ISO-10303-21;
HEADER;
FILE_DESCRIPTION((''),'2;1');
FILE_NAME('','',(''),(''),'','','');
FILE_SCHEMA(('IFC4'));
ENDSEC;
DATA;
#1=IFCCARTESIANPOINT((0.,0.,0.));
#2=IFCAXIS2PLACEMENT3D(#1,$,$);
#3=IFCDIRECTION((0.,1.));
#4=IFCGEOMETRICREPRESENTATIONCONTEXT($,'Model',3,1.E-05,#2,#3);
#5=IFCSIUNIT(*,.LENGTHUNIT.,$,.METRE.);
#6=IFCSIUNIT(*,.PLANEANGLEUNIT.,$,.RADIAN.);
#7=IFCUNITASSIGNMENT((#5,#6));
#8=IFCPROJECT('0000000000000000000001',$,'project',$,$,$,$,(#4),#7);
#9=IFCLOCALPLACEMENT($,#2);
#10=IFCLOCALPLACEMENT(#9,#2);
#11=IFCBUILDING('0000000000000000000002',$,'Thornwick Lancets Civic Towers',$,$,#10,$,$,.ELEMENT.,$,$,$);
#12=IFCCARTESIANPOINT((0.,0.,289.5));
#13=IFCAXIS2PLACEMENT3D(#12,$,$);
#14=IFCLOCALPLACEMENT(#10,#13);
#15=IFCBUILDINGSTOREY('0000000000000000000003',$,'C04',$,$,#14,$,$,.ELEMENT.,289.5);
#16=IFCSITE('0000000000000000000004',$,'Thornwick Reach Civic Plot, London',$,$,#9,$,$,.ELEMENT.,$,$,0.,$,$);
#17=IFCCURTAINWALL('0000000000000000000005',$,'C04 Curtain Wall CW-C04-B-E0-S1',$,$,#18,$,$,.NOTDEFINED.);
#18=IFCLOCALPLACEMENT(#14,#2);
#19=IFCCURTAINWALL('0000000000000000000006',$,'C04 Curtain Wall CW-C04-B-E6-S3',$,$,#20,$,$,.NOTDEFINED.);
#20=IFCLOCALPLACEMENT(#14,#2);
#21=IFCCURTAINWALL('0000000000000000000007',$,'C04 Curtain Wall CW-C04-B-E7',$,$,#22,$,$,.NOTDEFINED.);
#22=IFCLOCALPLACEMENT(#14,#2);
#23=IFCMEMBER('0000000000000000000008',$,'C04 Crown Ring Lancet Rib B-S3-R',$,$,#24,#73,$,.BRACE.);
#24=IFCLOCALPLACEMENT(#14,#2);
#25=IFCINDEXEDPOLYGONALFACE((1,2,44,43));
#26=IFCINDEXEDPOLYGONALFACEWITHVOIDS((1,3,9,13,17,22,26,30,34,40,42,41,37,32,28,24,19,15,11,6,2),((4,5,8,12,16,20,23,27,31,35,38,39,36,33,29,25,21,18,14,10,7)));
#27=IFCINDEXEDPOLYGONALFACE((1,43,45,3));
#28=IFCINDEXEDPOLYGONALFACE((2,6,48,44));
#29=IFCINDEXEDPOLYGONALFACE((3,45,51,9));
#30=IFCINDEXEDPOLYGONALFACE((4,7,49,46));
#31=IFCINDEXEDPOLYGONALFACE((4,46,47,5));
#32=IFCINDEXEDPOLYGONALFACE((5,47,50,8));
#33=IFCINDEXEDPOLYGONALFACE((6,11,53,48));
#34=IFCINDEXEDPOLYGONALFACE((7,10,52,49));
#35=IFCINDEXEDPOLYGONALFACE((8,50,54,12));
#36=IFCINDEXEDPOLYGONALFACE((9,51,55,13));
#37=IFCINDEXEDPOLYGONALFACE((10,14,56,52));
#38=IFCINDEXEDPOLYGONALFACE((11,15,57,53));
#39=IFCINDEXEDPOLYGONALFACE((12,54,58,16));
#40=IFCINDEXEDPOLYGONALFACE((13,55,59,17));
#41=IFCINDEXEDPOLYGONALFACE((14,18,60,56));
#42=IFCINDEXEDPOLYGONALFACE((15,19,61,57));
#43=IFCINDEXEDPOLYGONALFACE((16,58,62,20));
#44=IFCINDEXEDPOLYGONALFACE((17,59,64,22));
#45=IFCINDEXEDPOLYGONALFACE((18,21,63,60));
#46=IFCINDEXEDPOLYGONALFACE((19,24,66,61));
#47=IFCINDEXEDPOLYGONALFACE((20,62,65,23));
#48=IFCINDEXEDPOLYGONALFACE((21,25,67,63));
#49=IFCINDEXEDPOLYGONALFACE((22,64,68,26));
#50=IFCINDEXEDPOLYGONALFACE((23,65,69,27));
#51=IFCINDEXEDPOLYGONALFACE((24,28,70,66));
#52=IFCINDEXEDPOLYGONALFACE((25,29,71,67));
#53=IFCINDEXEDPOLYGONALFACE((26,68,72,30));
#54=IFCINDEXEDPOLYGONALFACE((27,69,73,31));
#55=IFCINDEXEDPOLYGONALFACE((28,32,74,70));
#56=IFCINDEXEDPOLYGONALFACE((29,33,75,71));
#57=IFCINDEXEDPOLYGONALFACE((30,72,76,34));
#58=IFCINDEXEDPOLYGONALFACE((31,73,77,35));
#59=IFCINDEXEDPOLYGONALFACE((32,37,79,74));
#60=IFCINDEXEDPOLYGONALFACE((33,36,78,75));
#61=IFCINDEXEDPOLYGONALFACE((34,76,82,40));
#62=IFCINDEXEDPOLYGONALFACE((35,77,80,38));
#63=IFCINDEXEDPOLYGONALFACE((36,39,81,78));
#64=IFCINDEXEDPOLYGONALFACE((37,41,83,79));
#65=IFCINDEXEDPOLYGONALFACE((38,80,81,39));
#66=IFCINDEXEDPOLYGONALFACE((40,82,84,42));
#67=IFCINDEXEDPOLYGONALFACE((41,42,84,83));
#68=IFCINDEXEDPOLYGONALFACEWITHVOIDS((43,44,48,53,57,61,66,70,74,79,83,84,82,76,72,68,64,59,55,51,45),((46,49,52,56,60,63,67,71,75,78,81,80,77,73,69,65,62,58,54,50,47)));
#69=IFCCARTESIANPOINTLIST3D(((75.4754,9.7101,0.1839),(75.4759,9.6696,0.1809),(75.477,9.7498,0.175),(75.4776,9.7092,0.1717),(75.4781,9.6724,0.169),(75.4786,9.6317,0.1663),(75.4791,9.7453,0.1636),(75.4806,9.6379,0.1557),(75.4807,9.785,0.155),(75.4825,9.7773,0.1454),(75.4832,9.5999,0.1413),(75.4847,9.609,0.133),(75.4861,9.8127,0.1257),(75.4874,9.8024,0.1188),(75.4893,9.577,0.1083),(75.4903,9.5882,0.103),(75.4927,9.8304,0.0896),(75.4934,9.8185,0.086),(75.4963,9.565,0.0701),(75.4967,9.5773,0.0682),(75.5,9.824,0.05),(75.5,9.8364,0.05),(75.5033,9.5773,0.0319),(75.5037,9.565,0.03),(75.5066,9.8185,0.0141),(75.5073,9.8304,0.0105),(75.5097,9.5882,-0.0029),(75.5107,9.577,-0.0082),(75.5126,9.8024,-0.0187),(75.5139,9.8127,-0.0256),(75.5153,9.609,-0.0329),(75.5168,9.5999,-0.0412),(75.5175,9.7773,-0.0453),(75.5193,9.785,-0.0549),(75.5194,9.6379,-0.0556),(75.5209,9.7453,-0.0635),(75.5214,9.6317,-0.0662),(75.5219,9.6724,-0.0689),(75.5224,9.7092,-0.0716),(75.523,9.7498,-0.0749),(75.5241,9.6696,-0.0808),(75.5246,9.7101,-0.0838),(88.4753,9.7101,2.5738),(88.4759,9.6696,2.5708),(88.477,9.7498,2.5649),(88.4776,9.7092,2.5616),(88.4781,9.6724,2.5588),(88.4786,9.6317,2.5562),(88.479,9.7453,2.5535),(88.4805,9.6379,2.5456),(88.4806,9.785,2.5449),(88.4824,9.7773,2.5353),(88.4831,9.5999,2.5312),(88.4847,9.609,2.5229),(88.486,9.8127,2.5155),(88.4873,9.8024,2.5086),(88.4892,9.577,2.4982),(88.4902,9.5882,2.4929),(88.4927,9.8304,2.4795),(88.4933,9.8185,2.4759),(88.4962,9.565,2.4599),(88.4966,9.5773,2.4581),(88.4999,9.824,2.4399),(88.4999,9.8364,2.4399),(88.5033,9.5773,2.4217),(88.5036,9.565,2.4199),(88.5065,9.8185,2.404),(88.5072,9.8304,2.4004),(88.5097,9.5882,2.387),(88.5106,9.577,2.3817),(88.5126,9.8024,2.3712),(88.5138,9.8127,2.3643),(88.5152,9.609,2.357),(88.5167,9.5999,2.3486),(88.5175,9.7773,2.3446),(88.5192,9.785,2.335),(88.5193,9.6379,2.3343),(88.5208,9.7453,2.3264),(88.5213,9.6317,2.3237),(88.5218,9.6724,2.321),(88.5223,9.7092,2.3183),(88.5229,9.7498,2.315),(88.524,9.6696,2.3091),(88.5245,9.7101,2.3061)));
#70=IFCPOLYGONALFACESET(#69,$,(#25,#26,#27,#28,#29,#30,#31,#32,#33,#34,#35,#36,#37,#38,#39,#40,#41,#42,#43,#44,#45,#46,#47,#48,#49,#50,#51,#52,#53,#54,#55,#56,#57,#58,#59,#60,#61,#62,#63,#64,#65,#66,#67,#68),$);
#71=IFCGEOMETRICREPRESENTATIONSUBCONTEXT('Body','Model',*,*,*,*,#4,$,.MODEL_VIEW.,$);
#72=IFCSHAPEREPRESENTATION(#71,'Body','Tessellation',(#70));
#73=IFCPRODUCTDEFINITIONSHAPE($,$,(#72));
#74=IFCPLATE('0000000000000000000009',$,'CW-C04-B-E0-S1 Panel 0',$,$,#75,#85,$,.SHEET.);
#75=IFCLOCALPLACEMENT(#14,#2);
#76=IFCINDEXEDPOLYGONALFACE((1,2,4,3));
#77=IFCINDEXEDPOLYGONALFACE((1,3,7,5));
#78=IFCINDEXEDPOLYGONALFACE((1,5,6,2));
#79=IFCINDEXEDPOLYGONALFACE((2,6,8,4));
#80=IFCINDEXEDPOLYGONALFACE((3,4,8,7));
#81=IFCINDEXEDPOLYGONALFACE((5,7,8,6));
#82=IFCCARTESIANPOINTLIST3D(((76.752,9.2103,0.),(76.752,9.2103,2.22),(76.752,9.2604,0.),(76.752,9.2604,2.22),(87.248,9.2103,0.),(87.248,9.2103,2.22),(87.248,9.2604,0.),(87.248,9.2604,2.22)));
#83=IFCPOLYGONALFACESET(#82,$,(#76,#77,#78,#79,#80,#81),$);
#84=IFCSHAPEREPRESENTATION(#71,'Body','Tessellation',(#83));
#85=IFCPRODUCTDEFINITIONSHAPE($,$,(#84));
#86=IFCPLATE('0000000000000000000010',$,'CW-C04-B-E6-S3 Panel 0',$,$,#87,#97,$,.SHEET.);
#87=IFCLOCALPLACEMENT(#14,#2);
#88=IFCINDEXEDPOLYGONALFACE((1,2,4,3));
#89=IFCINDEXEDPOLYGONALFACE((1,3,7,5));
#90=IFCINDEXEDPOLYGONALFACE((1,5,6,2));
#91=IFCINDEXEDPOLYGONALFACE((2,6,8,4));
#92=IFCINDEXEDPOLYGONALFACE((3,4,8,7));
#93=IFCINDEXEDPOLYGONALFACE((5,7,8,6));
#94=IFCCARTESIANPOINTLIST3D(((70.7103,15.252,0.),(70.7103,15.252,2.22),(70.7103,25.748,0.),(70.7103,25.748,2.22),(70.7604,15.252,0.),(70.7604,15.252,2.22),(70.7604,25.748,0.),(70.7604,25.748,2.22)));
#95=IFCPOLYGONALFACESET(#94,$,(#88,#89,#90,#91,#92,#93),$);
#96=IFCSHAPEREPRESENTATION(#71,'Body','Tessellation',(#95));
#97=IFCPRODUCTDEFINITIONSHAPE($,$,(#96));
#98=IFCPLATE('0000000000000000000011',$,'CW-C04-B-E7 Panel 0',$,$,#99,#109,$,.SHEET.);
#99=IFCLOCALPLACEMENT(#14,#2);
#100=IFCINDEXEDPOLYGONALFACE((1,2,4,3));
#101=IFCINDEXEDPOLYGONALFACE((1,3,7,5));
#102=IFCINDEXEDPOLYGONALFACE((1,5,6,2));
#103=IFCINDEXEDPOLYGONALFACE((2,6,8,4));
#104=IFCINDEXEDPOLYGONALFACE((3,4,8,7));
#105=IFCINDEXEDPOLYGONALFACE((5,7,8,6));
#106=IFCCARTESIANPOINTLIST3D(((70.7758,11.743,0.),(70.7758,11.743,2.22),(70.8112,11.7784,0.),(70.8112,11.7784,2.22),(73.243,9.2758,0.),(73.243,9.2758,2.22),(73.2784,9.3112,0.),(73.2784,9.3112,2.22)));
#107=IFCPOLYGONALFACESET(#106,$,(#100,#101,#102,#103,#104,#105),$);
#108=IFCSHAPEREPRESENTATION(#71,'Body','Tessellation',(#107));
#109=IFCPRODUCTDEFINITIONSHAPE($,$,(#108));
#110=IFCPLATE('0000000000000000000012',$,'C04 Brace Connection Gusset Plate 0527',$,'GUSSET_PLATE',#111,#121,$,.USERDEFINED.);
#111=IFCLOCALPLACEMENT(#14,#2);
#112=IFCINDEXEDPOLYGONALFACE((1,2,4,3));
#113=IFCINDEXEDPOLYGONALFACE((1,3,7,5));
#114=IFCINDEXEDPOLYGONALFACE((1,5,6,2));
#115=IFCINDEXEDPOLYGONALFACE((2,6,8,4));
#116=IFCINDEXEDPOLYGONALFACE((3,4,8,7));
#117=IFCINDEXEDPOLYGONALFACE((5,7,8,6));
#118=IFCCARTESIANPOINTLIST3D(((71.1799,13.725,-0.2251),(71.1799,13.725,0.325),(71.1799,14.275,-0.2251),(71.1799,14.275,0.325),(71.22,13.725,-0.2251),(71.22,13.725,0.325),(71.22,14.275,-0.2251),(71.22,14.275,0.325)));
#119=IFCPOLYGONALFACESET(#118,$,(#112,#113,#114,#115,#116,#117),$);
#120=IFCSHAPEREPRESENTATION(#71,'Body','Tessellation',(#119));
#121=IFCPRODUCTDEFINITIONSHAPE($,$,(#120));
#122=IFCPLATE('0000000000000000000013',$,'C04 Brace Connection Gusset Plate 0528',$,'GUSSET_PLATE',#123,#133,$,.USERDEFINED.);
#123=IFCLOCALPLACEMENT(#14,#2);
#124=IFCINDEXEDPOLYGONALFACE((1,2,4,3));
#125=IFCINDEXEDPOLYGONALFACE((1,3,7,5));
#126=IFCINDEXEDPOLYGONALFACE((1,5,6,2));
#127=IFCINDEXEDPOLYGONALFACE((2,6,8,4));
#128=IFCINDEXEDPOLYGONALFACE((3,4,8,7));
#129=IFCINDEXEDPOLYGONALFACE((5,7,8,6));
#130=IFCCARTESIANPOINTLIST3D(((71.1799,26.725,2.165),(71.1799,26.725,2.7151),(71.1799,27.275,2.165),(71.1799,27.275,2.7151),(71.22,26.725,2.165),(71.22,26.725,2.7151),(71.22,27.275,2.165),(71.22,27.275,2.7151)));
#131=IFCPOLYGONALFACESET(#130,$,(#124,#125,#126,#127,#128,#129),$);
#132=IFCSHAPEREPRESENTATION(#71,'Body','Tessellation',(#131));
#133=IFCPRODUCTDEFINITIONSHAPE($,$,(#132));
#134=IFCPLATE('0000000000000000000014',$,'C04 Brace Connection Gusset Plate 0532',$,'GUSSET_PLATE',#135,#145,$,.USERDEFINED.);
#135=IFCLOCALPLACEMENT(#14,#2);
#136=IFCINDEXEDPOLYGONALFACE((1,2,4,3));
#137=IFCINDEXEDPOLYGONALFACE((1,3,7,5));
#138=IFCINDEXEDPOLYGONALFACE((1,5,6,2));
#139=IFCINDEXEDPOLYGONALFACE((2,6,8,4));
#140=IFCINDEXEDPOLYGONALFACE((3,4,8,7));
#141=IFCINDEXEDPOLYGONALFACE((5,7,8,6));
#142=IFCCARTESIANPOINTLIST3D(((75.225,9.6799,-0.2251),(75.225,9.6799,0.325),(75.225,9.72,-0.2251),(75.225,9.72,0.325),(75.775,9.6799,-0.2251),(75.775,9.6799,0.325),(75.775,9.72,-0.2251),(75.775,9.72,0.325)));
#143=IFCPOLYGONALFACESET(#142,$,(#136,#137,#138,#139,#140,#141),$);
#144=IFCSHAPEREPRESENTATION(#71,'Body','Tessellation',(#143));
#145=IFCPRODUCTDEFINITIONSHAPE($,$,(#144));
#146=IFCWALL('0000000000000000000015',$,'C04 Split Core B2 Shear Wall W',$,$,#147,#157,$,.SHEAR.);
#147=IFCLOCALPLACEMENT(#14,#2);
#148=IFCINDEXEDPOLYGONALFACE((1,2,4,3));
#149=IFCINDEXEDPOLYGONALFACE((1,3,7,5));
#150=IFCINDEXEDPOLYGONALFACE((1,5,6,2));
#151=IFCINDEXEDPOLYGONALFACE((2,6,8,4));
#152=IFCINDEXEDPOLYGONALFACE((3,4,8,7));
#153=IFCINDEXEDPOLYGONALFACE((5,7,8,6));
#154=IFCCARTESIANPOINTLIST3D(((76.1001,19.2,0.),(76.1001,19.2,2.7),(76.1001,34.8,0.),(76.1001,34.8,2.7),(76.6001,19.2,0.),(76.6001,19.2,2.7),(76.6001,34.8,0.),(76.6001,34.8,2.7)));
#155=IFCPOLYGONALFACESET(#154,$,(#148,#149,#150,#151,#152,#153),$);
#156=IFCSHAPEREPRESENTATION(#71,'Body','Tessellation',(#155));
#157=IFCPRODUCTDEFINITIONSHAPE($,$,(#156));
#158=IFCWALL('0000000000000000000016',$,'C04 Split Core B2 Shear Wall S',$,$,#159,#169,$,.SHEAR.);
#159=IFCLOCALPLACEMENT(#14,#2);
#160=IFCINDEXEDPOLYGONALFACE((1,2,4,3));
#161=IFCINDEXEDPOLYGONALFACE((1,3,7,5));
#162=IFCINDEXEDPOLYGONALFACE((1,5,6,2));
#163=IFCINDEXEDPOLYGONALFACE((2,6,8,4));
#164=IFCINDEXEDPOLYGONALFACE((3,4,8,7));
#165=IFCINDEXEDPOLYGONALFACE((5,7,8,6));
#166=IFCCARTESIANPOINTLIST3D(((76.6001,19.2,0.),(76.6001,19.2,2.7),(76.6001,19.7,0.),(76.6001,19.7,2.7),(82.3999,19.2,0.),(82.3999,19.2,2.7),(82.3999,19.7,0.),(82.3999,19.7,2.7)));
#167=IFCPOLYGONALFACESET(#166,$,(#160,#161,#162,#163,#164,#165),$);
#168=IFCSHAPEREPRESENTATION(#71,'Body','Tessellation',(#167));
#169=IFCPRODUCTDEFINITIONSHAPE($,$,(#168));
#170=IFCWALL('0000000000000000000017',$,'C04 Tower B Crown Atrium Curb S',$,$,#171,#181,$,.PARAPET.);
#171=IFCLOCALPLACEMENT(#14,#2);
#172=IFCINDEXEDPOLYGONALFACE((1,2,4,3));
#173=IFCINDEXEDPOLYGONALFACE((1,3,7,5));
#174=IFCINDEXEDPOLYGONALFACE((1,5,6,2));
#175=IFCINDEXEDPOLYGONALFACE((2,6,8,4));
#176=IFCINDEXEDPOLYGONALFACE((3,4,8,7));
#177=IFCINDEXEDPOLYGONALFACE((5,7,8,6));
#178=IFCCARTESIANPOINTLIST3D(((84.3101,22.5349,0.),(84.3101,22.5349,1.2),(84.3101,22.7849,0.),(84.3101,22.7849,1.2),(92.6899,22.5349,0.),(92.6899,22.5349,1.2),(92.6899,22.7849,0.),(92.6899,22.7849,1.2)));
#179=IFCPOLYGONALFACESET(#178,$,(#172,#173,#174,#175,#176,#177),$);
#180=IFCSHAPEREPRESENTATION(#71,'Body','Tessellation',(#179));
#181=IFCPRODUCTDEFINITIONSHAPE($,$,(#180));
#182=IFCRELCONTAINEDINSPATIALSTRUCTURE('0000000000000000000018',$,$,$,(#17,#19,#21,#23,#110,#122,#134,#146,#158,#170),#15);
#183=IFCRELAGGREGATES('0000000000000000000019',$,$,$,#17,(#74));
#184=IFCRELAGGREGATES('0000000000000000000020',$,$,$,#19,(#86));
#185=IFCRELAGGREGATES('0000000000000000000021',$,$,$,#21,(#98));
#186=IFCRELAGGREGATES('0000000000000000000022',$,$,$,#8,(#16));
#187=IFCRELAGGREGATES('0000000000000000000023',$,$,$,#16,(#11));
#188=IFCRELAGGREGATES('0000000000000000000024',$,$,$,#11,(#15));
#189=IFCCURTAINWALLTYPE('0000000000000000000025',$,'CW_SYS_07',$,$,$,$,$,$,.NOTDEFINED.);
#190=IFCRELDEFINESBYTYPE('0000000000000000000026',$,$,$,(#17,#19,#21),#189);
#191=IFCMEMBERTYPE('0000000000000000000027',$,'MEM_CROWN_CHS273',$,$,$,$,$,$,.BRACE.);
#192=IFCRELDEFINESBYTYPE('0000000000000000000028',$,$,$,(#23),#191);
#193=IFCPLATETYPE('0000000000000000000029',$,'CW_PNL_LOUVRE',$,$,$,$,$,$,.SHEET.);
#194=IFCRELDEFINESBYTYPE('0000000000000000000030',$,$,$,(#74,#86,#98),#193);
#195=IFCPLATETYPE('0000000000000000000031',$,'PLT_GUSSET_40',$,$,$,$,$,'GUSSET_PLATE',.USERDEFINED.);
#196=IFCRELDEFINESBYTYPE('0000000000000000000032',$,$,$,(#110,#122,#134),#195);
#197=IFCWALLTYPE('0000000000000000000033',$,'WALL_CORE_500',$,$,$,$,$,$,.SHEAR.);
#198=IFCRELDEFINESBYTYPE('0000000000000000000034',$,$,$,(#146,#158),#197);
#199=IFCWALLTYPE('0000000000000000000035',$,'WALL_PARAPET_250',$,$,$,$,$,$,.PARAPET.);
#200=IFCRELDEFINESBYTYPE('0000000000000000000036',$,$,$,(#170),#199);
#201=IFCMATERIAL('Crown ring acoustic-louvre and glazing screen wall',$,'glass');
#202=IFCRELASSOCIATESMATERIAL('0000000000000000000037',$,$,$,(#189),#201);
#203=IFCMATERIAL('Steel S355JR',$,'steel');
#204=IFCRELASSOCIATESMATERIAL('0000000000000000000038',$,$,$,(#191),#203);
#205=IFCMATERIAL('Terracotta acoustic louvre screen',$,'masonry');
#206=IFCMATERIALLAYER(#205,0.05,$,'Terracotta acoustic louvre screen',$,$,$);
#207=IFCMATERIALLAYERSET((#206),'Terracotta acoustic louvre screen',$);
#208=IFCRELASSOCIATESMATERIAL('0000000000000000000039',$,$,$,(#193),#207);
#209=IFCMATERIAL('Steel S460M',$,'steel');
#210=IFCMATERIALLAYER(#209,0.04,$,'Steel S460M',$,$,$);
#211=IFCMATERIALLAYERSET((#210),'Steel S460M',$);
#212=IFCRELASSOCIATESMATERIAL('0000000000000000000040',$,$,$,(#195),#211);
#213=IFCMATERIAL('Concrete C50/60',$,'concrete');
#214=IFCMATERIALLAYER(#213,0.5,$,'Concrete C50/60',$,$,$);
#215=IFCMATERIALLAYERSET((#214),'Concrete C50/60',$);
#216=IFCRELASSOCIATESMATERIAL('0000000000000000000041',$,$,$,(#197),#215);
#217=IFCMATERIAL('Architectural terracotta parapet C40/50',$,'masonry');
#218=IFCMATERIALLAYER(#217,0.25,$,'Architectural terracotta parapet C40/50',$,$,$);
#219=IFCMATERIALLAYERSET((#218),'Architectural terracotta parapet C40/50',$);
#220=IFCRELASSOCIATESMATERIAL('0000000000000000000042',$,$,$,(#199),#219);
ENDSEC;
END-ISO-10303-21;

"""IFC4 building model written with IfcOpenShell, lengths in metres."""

from ifc_helpers import new_model, si_unit, direction, frame, frame_2d, origin, origin_2d, place, context, subcontext, project, spatial, rectangle, hollow_circle, extrude, material, layer, layer_set, material_profile, profile_set, type_object, element, aggregate, save


model = new_model("IFC4")

# Units and contexts
model_context = context("Model", 3, precision=1e-05, world=origin(), true_north=direction((0.0, 1.0)))
body_context = subcontext(model_context, "Body", "Model", "MODEL_VIEW")
ifc_project = project(units=[si_unit("LENGTHUNIT", "METRE"), si_unit("PLANEANGLEUNIT", "RADIAN")], contexts=[model_context])

# Site, building, storey
site_placement = place(None, origin())
site = spatial("IfcSite", under=ifc_project, at=site_placement, Name="Thornwick Reach Civic Plot, London", CompositionType="ELEMENT", RefElevation=0.0)
building_placement = place(site_placement, origin())
building = spatial("IfcBuilding", under=site, at=building_placement, Name="Thornwick Lancets Civic Towers", CompositionType="ELEMENT")
storey_placement = place(building_placement, frame((0.0, 0.0, 289.5)))
storey = spatial("IfcBuildingStorey", under=building, at=storey_placement, Name="C04", CompositionType="ELEMENT", Elevation=289.5)

# Shared definitions
ifc_material_1 = material(Name="Steel S355JR", Category="steel")

# Curtain walls
ifc_material_2 = material(Name="Crown ring acoustic-louvre and glazing screen wall", Category="glass")
curtain_wall_type = type_object("IfcCurtainWallType", Name="CW_SYS_07", PredefinedType="NOTDEFINED", material=ifc_material_2)
curtain_wall_1_placement = place(storey_placement, origin())
curtain_wall_1 = element("IfcCurtainWall", 1, at=curtain_wall_1_placement, inside=storey, type_object=curtain_wall_type, Name="C04 Curtain Wall CW-C04-B-E0-S1", PredefinedType="NOTDEFINED")
curtain_wall_2_placement = place(storey_placement, origin())
curtain_wall_2 = element("IfcCurtainWall", 2, at=curtain_wall_2_placement, inside=storey, type_object=curtain_wall_type, Name="C04 Curtain Wall CW-C04-B-E6-S3", PredefinedType="NOTDEFINED")
curtain_wall_3_placement = place(storey_placement, origin())
curtain_wall_3 = element("IfcCurtainWall", 3, at=curtain_wall_3_placement, inside=storey, type_object=curtain_wall_type, Name="C04 Curtain Wall CW-C04-B-E7", PredefinedType="NOTDEFINED")

# Member
ifc_material_profile_1 = material_profile(ifc_material_1, hollow_circle(Radius=0.1365, WallThickness=0.0125, at=origin_2d()), Name="CHS 273x12.5")
ifc_profile_set_1 = profile_set([ifc_material_profile_1], Name="Steel S355JR")
member_type_1 = type_object("IfcMemberType", Name="MEM_CROWN_CHS273", PredefinedType="BRACE", material=ifc_profile_set_1)
for number, where, z_axis, x_axis, name in (
    (4, (75.5, 9.7, 0.05), (0.983518, 0.0, 0.180808), (0.0, 1.0, 0.0), "C04 Crown Ring Lancet Rib B-S3-R"),
):
    element("IfcMember", number, at=place(storey_placement, frame(where, z_axis=z_axis, x_axis=x_axis)), inside=storey, type_object=member_type_1, Name=name, PredefinedType="BRACE", context=body_context, shape_type="SweptSolid", body=[
        extrude(hollow_circle(Radius=0.1365, WallThickness=0.0125, at=origin_2d()), origin(), (0.0, 0.0, 1.0), 13.2178),
    ])

# Plates
ifc_material_3 = material(Name="Terracotta acoustic louvre screen", Category="masonry")
ifc_layer_1 = layer(ifc_material_3, 0.05, Name="Terracotta acoustic louvre screen")
ifc_layer_set_1 = layer_set([ifc_layer_1], Name="Terracotta acoustic louvre screen")
plate_type_1 = type_object("IfcPlateType", Name="CW_PNL_LOUVRE", PredefinedType="SHEET", material=ifc_layer_set_1)
plate_1_placement = place(storey_placement, frame((82.0, 9.2354, 0.0), z_axis=(0.0, 0.0, 1.0), x_axis=(1.0, 0.0, 0.0)))
plate_1 = element("IfcPlate", 5, at=plate_1_placement, type_object=plate_type_1, Name="CW-C04-B-E0-S1 Panel 0", PredefinedType="SHEET", context=body_context, shape_type="SweptSolid", body=[
    extrude(rectangle(XDim=10.4961, YDim=0.05, at=origin_2d()), origin(), (0.0, 0.0, 1.0), 2.22),
])
aggregate(curtain_wall_1, [plate_1])
plate_2_placement = place(storey_placement, frame((70.7354, 20.5, 0.0), z_axis=(0.0, 0.0, 1.0), x_axis=(0.0, -1.0, 0.0)))
plate_2 = element("IfcPlate", 6, at=plate_2_placement, type_object=plate_type_1, Name="CW-C04-B-E6-S3 Panel 0", PredefinedType="SHEET", context=body_context, shape_type="SweptSolid", body=[
    extrude(rectangle(XDim=10.4961, YDim=0.05, at=origin_2d()), origin(), (0.0, 0.0, 1.0), 2.22),
])
aggregate(curtain_wall_2, [plate_2])
plate_3_placement = place(storey_placement, frame((72.0271, 10.5271, 0.0), z_axis=(0.0, 0.0, 1.0), x_axis=(0.707107, -0.707107, 0.0)))
plate_3 = element("IfcPlate", 7, at=plate_3_placement, type_object=plate_type_1, Name="CW-C04-B-E7 Panel 0", PredefinedType="SHEET", context=body_context, shape_type="SweptSolid", body=[
    extrude(rectangle(XDim=3.4893, YDim=0.05, at=origin_2d()), origin(), (0.0, 0.0, 1.0), 2.22),
])
aggregate(curtain_wall_3, [plate_3])

# Plates
ifc_material_4 = material(Name="Steel S460M", Category="steel")
ifc_layer_2 = layer(ifc_material_4, 0.04, Name="Steel S460M")
ifc_layer_set_2 = layer_set([ifc_layer_2], Name="Steel S460M")
plate_type_2 = type_object("IfcPlateType", Name="PLT_GUSSET_40", ElementType="GUSSET_PLATE", PredefinedType="USERDEFINED", material=ifc_layer_set_2)
for number, where, z_axis, x_axis, name in (
    (8, (71.2, 14.0, -0.2251), (0.0, 0.0, 1.0), (0.0, 1.0, 0.0), "C04 Brace Connection Gusset Plate 0527"),
    (9, (71.2, 27.0, 2.165), (0.0, 0.0, 1.0), (0.0, 1.0, 0.0), "C04 Brace Connection Gusset Plate 0528"),
    (10, (75.5, 9.7, -0.2251), (0.0, 0.0, 1.0), (1.0, 0.0, 0.0), "C04 Brace Connection Gusset Plate 0532"),
):
    element("IfcPlate", number, at=place(storey_placement, frame(where, z_axis=z_axis, x_axis=x_axis)), inside=storey, type_object=plate_type_2, Name=name, ObjectType="GUSSET_PLATE", PredefinedType="USERDEFINED", context=body_context, shape_type="SweptSolid", body=[
        extrude(rectangle(XDim=0.55, YDim=0.04, at=origin_2d()), origin(), (0.0, 0.0, 1.0), 0.55),
    ])

# Walls
ifc_material_5 = material(Name="Concrete C50/60", Category="concrete")
ifc_layer_3 = layer(ifc_material_5, 0.5, Name="Concrete C50/60")
ifc_layer_set_3 = layer_set([ifc_layer_3], Name="Concrete C50/60")
wall_type_1 = type_object("IfcWallType", Name="WALL_CORE_500", PredefinedType="SHEAR", material=ifc_layer_set_3)
wall_1_placement = place(storey_placement, frame((76.3501, 19.2, 0.0), z_axis=(0.0, 0.0, 1.0), x_axis=(0.0, 1.0, 0.0)))
element("IfcWall", 11, at=wall_1_placement, inside=storey, type_object=wall_type_1, Name="C04 Split Core B2 Shear Wall W", PredefinedType="SHEAR", context=body_context, shape_type="SweptSolid", body=[
    extrude(rectangle(XDim=15.6001, YDim=0.5, at=frame_2d((7.8, 0.0))), origin(), (0.0, 0.0, 1.0), 2.7),
])
wall_2_placement = place(storey_placement, frame((76.6001, 19.45, 0.0), z_axis=(0.0, 0.0, 1.0), x_axis=(1.0, 0.0, 0.0)))
element("IfcWall", 12, at=wall_2_placement, inside=storey, type_object=wall_type_1, Name="C04 Split Core B2 Shear Wall S", PredefinedType="SHEAR", context=body_context, shape_type="SweptSolid", body=[
    extrude(rectangle(XDim=5.7998, YDim=0.5, at=frame_2d((2.8999, 0.0))), origin(), (0.0, 0.0, 1.0), 2.7),
])
ifc_material_6 = material(Name="Architectural terracotta parapet C40/50", Category="masonry")
ifc_layer_4 = layer(ifc_material_6, 0.25, Name="Architectural terracotta parapet C40/50")
ifc_layer_set_4 = layer_set([ifc_layer_4], Name="Architectural terracotta parapet C40/50")
wall_type_2 = type_object("IfcWallType", Name="WALL_PARAPET_250", PredefinedType="PARAPET", material=ifc_layer_set_4)
wall_3_placement = place(storey_placement, frame((84.3101, 22.6599, 0.0), z_axis=(0.0, 0.0, 1.0), x_axis=(1.0, 0.0, 0.0)))
element("IfcWall", 13, at=wall_3_placement, inside=storey, type_object=wall_type_2, Name="C04 Tower B Crown Atrium Curb S", PredefinedType="PARAPET", context=body_context, shape_type="SweptSolid", body=[
    extrude(rectangle(XDim=8.3799, YDim=0.25, at=frame_2d((4.1899, 0.0))), origin(), (0.0, 0.0, 1.0), 1.2),
])

save(model, "model.ifc")
